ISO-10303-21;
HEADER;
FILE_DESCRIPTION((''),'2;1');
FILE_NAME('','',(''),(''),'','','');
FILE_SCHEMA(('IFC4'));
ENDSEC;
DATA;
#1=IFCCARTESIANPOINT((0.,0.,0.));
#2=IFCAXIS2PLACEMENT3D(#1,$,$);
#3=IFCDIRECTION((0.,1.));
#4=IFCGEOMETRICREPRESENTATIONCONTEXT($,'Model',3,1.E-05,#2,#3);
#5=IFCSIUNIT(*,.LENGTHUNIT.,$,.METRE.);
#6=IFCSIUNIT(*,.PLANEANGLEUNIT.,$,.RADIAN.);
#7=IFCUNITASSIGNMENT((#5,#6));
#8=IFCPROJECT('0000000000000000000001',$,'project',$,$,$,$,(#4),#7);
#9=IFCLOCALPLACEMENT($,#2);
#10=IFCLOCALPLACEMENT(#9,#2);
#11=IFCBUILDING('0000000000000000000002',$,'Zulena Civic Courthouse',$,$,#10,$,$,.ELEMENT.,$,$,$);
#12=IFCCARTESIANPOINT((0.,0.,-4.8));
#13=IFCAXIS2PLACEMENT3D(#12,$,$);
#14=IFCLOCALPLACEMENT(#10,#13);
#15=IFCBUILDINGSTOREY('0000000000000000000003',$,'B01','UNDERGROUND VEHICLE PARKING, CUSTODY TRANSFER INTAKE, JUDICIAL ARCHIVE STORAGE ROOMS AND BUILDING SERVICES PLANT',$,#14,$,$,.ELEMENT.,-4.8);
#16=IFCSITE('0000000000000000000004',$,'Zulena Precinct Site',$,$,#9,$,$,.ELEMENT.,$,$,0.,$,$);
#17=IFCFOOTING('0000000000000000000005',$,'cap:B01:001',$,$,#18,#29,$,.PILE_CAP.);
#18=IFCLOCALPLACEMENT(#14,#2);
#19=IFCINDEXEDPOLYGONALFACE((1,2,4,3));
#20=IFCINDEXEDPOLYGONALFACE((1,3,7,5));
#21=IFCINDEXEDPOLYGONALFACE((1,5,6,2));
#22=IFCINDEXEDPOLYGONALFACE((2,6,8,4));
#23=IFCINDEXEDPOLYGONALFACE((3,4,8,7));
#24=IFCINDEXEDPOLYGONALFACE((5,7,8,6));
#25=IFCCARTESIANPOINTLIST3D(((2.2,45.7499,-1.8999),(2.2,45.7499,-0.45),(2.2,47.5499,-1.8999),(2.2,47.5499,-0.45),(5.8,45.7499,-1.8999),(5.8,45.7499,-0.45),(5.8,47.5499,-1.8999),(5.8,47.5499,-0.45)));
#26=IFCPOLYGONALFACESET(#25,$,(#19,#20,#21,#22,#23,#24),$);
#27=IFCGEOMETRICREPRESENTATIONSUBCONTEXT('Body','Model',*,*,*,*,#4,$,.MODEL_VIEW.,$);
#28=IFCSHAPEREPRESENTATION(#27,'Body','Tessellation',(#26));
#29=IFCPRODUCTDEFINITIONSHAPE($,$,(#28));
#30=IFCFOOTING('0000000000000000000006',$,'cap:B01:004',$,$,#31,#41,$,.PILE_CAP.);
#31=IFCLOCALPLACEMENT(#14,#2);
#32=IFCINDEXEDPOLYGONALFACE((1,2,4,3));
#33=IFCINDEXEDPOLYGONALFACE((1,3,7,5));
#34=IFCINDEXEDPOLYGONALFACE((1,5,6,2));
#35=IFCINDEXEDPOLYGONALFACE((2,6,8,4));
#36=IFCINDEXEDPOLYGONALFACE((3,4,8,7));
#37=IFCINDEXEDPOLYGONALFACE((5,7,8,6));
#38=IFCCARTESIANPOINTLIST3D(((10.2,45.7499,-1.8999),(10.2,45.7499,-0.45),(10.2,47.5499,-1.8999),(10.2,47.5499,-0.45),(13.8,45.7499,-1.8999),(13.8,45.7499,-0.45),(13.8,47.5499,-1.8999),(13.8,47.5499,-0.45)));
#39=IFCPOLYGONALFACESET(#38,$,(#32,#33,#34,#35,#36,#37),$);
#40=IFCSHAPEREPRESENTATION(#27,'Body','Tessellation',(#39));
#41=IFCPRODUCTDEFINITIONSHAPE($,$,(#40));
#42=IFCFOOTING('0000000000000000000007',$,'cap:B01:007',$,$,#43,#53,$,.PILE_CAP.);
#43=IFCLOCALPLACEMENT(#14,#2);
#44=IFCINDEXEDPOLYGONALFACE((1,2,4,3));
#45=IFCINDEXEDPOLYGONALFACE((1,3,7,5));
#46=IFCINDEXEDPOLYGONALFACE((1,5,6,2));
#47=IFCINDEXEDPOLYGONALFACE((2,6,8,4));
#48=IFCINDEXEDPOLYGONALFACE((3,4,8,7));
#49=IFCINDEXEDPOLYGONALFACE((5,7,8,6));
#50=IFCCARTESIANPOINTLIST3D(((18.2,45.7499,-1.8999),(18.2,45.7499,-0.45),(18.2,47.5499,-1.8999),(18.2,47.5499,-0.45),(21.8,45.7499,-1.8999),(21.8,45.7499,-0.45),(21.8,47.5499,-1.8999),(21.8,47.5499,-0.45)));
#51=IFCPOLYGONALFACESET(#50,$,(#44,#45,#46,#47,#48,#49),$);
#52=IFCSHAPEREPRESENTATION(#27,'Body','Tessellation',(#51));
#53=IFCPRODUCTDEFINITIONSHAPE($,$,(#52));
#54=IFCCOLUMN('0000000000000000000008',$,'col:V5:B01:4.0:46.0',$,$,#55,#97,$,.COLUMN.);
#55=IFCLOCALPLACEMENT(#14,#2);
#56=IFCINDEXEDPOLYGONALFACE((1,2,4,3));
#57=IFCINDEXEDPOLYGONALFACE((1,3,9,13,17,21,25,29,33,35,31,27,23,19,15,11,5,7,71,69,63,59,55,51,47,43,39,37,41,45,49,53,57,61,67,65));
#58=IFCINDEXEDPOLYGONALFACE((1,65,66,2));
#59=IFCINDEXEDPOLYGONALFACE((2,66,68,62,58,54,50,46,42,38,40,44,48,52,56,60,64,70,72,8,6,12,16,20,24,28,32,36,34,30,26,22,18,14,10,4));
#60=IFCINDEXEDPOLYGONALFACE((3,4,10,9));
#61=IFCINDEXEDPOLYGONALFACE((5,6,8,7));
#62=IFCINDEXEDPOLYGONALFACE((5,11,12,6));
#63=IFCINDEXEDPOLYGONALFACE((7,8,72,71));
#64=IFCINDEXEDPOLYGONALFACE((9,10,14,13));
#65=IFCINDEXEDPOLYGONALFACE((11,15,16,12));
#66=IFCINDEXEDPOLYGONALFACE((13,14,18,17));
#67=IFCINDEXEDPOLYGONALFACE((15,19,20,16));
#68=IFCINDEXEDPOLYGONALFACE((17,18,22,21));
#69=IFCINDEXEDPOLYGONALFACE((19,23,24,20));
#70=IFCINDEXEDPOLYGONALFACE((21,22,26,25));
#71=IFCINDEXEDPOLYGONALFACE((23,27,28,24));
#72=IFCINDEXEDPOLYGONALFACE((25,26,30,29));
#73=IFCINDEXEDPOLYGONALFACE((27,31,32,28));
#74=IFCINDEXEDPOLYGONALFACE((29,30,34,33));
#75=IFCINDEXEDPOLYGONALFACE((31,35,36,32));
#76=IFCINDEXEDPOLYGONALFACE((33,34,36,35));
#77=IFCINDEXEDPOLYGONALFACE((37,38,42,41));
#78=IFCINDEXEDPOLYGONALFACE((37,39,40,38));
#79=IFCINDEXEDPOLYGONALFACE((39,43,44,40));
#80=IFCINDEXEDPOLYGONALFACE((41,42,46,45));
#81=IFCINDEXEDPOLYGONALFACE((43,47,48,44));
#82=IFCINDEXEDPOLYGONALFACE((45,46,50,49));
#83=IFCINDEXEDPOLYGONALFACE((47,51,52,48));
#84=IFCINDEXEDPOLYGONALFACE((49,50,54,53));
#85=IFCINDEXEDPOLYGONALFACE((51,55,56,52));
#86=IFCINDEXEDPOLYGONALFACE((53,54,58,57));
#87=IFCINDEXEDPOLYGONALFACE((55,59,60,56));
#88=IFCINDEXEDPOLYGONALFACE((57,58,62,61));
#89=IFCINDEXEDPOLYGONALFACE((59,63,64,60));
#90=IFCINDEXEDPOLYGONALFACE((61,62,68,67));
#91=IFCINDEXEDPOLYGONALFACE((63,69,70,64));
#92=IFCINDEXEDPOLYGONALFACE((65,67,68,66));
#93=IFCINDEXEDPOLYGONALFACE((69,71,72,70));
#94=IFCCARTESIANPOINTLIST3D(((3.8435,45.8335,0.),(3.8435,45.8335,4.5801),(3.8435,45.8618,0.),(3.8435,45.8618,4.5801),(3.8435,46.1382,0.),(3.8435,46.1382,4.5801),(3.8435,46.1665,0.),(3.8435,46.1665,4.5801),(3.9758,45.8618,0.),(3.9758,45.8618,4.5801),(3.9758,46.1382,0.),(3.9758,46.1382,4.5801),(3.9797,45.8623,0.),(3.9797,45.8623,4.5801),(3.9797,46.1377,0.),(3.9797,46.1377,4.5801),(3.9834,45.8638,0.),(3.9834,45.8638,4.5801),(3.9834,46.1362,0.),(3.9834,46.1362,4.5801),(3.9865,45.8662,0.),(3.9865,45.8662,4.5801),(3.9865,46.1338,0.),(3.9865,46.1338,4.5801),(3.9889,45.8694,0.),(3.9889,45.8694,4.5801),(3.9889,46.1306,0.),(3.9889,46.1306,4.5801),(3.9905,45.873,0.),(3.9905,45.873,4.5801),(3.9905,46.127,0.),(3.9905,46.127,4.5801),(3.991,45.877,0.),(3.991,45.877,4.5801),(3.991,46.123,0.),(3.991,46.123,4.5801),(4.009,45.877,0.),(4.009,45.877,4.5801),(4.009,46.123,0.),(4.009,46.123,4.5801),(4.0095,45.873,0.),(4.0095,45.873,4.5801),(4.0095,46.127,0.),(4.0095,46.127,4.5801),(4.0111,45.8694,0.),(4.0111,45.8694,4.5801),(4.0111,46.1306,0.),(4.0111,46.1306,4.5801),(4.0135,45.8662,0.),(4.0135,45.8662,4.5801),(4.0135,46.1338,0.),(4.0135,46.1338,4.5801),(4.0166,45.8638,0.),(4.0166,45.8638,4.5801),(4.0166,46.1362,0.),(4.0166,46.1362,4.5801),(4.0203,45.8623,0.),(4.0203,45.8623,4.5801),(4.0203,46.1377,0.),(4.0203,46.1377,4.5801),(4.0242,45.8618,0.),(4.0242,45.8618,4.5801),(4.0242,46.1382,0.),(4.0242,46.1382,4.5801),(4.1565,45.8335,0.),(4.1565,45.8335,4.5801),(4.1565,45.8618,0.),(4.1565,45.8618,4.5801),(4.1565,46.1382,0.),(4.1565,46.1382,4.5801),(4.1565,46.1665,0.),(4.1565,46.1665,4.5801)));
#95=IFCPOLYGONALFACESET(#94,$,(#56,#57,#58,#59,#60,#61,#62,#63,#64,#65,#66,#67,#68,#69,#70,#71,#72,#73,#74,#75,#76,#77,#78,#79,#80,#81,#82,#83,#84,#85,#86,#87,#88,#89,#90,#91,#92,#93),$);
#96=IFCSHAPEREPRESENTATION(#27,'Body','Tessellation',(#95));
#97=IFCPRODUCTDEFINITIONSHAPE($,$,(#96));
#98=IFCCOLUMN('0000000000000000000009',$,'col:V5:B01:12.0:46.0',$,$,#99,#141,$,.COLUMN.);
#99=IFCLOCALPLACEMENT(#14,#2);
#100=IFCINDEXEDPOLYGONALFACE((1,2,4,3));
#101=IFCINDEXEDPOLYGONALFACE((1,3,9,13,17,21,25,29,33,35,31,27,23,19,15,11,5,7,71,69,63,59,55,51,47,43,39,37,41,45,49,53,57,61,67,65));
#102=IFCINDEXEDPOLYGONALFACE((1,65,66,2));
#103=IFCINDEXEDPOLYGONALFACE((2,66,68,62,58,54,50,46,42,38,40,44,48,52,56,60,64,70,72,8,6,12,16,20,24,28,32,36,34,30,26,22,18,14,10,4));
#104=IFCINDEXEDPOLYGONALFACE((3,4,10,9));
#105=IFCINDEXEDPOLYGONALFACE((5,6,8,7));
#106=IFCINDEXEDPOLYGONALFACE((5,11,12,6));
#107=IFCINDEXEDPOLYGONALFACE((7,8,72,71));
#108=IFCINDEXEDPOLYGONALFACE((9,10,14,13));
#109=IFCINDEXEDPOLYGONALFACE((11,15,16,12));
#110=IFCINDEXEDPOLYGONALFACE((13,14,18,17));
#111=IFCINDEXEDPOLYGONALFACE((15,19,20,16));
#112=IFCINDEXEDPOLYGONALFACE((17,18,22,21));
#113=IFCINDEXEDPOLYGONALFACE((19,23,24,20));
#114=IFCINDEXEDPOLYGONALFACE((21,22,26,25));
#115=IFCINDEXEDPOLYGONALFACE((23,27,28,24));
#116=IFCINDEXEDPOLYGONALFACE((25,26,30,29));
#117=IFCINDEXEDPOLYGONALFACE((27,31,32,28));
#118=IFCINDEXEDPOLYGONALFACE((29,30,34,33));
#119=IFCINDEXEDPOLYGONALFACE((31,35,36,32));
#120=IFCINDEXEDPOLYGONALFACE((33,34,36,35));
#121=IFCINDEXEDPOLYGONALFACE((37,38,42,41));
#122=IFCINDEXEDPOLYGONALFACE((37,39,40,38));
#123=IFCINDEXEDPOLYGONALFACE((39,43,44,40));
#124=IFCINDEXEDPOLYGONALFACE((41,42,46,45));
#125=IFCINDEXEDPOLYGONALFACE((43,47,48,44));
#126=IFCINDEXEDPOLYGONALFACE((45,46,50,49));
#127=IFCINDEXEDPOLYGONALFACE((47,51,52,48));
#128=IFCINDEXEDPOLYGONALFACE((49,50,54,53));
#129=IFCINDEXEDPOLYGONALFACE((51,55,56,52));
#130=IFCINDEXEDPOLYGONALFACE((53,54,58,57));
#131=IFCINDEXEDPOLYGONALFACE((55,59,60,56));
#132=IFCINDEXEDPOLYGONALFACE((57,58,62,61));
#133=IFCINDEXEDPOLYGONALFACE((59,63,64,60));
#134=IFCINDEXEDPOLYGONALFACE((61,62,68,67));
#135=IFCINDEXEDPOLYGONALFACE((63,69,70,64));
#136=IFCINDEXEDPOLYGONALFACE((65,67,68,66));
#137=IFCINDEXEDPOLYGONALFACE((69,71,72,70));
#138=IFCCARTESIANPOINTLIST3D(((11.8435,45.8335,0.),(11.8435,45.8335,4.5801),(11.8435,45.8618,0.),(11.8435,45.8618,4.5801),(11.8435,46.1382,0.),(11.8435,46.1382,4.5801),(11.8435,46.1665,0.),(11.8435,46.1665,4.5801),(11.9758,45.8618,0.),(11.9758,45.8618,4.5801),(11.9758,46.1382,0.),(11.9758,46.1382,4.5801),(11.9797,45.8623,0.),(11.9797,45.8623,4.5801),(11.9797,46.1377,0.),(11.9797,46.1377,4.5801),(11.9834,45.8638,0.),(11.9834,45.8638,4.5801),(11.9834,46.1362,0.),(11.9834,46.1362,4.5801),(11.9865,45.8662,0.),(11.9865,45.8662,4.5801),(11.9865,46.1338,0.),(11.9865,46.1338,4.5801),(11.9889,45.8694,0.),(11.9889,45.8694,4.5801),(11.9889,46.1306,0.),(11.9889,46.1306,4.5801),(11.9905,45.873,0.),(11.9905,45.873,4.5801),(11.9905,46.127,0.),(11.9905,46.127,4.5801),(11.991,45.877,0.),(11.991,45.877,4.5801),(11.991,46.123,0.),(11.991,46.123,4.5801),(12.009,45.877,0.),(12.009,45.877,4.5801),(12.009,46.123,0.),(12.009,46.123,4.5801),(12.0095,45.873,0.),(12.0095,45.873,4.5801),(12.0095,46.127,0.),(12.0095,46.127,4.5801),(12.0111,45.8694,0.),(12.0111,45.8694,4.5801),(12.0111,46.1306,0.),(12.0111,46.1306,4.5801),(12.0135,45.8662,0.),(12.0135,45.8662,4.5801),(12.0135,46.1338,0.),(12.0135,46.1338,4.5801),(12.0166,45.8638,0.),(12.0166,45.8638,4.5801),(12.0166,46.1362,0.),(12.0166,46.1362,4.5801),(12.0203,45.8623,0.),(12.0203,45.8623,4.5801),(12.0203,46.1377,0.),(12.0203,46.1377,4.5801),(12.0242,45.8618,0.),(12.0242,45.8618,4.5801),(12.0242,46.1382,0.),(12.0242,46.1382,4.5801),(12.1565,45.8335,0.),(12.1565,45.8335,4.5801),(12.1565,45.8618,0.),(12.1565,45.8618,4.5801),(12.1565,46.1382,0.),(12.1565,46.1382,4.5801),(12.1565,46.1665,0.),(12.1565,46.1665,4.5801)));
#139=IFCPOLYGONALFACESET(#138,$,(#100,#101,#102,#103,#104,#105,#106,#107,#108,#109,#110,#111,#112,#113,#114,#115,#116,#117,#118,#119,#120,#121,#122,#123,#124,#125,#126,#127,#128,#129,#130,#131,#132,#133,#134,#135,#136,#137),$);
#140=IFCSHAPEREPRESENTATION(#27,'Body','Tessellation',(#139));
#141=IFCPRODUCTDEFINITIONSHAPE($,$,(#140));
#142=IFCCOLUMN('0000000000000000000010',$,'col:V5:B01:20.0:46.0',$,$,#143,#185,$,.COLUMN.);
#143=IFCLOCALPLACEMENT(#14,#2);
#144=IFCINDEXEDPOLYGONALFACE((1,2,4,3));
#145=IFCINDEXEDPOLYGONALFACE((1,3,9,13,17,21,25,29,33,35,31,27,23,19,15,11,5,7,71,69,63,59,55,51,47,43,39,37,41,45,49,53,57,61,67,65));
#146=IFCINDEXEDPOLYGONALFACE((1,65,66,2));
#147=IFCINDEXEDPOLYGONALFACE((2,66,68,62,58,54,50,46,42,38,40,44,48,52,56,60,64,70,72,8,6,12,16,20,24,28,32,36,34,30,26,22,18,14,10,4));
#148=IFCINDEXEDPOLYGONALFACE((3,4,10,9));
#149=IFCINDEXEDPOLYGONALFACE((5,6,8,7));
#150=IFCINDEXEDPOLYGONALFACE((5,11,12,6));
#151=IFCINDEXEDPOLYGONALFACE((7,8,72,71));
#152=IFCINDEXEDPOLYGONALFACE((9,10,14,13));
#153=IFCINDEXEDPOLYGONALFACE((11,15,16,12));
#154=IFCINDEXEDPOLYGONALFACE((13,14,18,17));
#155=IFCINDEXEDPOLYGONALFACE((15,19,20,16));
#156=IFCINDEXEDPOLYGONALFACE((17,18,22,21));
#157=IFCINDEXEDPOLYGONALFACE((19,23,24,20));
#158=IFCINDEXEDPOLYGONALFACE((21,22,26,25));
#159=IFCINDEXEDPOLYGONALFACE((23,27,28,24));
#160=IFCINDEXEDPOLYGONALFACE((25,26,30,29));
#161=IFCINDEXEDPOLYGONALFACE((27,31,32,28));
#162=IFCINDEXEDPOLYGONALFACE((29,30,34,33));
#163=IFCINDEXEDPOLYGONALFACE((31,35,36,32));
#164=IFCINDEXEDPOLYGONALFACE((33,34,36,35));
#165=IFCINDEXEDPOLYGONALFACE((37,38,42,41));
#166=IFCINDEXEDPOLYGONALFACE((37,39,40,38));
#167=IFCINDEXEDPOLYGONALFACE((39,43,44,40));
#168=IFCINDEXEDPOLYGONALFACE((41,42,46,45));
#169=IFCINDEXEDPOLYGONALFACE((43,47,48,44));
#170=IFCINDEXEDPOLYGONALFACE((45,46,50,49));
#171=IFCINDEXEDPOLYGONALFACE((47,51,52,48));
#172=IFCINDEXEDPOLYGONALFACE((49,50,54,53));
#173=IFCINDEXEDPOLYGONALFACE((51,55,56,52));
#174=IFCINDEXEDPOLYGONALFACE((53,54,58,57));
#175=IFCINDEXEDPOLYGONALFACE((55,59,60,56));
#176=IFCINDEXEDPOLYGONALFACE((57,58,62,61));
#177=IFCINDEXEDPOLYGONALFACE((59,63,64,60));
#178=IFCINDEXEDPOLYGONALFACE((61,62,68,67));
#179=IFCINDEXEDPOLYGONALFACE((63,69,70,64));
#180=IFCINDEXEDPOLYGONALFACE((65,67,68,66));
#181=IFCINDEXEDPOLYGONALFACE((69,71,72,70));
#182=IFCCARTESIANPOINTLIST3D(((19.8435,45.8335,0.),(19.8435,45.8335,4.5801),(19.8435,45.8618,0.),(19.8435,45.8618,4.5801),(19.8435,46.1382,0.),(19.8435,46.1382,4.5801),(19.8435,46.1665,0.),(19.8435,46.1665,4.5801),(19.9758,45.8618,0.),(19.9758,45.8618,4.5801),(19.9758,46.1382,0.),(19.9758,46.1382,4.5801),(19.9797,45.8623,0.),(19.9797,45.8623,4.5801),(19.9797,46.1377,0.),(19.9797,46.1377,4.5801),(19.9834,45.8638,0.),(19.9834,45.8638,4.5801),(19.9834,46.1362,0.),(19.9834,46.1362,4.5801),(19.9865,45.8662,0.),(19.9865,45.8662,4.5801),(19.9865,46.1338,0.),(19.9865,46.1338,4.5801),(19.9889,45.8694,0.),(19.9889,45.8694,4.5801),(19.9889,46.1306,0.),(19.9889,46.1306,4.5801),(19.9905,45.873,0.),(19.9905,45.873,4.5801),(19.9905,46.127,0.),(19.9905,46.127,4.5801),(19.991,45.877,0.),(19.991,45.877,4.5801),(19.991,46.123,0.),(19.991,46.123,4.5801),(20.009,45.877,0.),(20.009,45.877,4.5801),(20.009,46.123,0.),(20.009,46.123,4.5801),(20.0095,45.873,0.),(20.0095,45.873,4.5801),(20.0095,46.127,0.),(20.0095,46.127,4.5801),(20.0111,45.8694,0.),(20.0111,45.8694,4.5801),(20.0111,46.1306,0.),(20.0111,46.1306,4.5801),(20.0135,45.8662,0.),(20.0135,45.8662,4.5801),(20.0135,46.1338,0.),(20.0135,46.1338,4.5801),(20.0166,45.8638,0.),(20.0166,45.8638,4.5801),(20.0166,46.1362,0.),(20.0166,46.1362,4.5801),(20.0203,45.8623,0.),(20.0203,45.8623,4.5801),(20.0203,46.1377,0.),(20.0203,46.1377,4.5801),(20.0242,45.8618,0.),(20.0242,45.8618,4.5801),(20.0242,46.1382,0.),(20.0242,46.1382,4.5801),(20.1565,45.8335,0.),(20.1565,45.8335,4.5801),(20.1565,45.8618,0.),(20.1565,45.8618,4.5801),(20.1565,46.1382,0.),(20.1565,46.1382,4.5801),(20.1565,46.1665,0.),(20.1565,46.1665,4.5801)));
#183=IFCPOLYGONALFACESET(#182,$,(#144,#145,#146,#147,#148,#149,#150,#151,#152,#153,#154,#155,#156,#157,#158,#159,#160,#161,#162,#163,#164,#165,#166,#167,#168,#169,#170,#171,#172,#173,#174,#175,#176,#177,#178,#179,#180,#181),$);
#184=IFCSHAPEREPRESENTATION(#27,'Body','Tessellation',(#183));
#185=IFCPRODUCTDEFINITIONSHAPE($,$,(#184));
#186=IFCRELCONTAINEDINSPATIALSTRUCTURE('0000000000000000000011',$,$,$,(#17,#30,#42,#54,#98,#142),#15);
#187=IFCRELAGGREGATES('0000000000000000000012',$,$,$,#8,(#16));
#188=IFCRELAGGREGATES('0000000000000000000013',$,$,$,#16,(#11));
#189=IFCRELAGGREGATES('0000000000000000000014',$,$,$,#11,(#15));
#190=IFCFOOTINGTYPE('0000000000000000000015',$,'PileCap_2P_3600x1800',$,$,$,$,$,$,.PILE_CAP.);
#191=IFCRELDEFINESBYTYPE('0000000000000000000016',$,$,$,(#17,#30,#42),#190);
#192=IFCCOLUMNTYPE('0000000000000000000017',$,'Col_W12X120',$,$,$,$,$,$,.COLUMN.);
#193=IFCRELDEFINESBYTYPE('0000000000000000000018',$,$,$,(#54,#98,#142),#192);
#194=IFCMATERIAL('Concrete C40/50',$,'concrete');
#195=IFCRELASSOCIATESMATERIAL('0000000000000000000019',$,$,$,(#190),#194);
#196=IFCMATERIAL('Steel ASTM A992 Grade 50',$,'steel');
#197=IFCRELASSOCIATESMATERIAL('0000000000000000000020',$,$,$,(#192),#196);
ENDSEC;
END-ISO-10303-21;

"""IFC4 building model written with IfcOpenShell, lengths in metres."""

from ifc_helpers import new_model, si_unit, direction, frame, origin, origin_2d, place, context, subcontext, project, spatial, rectangle, i_section, extrude, material, material_profile, profile_set, type_object, element, save


model = new_model("IFC4")

# Units and contexts
model_context = context("Model", 3, precision=1e-05, world=origin(), true_north=direction((0.0, 1.0)))
body_context = subcontext(model_context, "Body", "Model", "MODEL_VIEW")
ifc_project = project(units=[si_unit("LENGTHUNIT", "METRE"), si_unit("PLANEANGLEUNIT", "RADIAN")], contexts=[model_context])

# Site, building, storey
site_placement = place(None, origin())
site = spatial("IfcSite", under=ifc_project, at=site_placement, Name="Zulena Precinct Site", CompositionType="ELEMENT", RefElevation=0.0)
building_placement = place(site_placement, origin())
building = spatial("IfcBuilding", under=site, at=building_placement, Name="Zulena Civic Courthouse", CompositionType="ELEMENT")
storey_placement = place(building_placement, frame((0.0, 0.0, -4.8)))
storey = spatial("IfcBuildingStorey", under=building, at=storey_placement, Name="B01", Description="UNDERGROUND VEHICLE PARKING, CUSTODY TRANSFER INTAKE, JUDICIAL ARCHIVE STORAGE ROOMS AND BUILDING SERVICES PLANT", CompositionType="ELEMENT", Elevation=-4.8)

# Shared definitions
ifc_material_1 = material(Name="Concrete C40/50", Category="concrete")

# Footings
footing_type_1 = type_object("IfcFootingType", Name="PileCap_2P_3600x1800", PredefinedType="PILE_CAP", material=ifc_material_1)
for number, where, z_axis, x_axis, name in (
    (1, (4.0, 46.6499, -1.8999), (0.0, 0.0, 1.0), (1.0, 0.0, 0.0), "cap:B01:001"),
    (2, (12.0, 46.6499, -1.8999), (0.0, 0.0, 1.0), (1.0, 0.0, 0.0), "cap:B01:004"),
    (3, (20.0, 46.6499, -1.8999), (0.0, 0.0, 1.0), (1.0, 0.0, 0.0), "cap:B01:007"),
):
    element("IfcFooting", number, at=place(storey_placement, frame(where, z_axis=z_axis, x_axis=x_axis)), inside=storey, type_object=footing_type_1, Name=name, PredefinedType="PILE_CAP", context=body_context, shape_type="SweptSolid", body=[
        extrude(rectangle(XDim=3.6001, YDim=1.8, at=origin_2d()), origin(), (0.0, 0.0, 1.0), 1.45),
    ])

# Columns
ifc_material_2 = material(Name="Steel ASTM A992 Grade 50", Category="steel")
ifc_material_profile_1 = material_profile(ifc_material_2, i_section(OverallWidth=0.313, OverallDepth=0.333, WebThickness=0.0181, FlangeThickness=0.0283, FilletRadius=0.0151, at=origin_2d()), Name="W12X120")
ifc_profile_set_1 = profile_set([ifc_material_profile_1], Name="Steel ASTM A992 Grade 50")
column_type = type_object("IfcColumnType", Name="Col_W12X120", PredefinedType="COLUMN", material=ifc_profile_set_1)
for number, where, z_axis, x_axis, name in (
    (4, (4.0, 46.0, 0.0), (0.0, 0.0, 1.0), (1.0, 0.0, 0.0), "col:V5:B01:4.0:46.0"),
    (5, (12.0, 46.0, 0.0), (0.0, 0.0, 1.0), (1.0, 0.0, 0.0), "col:V5:B01:12.0:46.0"),
    (6, (20.0, 46.0, 0.0), (0.0, 0.0, 1.0), (1.0, 0.0, 0.0), "col:V5:B01:20.0:46.0"),
):
    element("IfcColumn", number, at=place(storey_placement, frame(where, z_axis=z_axis, x_axis=x_axis)), inside=storey, type_object=column_type, Name=name, PredefinedType="COLUMN", context=body_context, shape_type="SweptSolid", body=[
        extrude(i_section(OverallWidth=0.313, OverallDepth=0.333, WebThickness=0.0181, FlangeThickness=0.0283, FilletRadius=0.0151, at=origin_2d()), origin(), (0.0, 0.0, 1.0), 4.5801),
    ])

save(model, "model.ifc")
